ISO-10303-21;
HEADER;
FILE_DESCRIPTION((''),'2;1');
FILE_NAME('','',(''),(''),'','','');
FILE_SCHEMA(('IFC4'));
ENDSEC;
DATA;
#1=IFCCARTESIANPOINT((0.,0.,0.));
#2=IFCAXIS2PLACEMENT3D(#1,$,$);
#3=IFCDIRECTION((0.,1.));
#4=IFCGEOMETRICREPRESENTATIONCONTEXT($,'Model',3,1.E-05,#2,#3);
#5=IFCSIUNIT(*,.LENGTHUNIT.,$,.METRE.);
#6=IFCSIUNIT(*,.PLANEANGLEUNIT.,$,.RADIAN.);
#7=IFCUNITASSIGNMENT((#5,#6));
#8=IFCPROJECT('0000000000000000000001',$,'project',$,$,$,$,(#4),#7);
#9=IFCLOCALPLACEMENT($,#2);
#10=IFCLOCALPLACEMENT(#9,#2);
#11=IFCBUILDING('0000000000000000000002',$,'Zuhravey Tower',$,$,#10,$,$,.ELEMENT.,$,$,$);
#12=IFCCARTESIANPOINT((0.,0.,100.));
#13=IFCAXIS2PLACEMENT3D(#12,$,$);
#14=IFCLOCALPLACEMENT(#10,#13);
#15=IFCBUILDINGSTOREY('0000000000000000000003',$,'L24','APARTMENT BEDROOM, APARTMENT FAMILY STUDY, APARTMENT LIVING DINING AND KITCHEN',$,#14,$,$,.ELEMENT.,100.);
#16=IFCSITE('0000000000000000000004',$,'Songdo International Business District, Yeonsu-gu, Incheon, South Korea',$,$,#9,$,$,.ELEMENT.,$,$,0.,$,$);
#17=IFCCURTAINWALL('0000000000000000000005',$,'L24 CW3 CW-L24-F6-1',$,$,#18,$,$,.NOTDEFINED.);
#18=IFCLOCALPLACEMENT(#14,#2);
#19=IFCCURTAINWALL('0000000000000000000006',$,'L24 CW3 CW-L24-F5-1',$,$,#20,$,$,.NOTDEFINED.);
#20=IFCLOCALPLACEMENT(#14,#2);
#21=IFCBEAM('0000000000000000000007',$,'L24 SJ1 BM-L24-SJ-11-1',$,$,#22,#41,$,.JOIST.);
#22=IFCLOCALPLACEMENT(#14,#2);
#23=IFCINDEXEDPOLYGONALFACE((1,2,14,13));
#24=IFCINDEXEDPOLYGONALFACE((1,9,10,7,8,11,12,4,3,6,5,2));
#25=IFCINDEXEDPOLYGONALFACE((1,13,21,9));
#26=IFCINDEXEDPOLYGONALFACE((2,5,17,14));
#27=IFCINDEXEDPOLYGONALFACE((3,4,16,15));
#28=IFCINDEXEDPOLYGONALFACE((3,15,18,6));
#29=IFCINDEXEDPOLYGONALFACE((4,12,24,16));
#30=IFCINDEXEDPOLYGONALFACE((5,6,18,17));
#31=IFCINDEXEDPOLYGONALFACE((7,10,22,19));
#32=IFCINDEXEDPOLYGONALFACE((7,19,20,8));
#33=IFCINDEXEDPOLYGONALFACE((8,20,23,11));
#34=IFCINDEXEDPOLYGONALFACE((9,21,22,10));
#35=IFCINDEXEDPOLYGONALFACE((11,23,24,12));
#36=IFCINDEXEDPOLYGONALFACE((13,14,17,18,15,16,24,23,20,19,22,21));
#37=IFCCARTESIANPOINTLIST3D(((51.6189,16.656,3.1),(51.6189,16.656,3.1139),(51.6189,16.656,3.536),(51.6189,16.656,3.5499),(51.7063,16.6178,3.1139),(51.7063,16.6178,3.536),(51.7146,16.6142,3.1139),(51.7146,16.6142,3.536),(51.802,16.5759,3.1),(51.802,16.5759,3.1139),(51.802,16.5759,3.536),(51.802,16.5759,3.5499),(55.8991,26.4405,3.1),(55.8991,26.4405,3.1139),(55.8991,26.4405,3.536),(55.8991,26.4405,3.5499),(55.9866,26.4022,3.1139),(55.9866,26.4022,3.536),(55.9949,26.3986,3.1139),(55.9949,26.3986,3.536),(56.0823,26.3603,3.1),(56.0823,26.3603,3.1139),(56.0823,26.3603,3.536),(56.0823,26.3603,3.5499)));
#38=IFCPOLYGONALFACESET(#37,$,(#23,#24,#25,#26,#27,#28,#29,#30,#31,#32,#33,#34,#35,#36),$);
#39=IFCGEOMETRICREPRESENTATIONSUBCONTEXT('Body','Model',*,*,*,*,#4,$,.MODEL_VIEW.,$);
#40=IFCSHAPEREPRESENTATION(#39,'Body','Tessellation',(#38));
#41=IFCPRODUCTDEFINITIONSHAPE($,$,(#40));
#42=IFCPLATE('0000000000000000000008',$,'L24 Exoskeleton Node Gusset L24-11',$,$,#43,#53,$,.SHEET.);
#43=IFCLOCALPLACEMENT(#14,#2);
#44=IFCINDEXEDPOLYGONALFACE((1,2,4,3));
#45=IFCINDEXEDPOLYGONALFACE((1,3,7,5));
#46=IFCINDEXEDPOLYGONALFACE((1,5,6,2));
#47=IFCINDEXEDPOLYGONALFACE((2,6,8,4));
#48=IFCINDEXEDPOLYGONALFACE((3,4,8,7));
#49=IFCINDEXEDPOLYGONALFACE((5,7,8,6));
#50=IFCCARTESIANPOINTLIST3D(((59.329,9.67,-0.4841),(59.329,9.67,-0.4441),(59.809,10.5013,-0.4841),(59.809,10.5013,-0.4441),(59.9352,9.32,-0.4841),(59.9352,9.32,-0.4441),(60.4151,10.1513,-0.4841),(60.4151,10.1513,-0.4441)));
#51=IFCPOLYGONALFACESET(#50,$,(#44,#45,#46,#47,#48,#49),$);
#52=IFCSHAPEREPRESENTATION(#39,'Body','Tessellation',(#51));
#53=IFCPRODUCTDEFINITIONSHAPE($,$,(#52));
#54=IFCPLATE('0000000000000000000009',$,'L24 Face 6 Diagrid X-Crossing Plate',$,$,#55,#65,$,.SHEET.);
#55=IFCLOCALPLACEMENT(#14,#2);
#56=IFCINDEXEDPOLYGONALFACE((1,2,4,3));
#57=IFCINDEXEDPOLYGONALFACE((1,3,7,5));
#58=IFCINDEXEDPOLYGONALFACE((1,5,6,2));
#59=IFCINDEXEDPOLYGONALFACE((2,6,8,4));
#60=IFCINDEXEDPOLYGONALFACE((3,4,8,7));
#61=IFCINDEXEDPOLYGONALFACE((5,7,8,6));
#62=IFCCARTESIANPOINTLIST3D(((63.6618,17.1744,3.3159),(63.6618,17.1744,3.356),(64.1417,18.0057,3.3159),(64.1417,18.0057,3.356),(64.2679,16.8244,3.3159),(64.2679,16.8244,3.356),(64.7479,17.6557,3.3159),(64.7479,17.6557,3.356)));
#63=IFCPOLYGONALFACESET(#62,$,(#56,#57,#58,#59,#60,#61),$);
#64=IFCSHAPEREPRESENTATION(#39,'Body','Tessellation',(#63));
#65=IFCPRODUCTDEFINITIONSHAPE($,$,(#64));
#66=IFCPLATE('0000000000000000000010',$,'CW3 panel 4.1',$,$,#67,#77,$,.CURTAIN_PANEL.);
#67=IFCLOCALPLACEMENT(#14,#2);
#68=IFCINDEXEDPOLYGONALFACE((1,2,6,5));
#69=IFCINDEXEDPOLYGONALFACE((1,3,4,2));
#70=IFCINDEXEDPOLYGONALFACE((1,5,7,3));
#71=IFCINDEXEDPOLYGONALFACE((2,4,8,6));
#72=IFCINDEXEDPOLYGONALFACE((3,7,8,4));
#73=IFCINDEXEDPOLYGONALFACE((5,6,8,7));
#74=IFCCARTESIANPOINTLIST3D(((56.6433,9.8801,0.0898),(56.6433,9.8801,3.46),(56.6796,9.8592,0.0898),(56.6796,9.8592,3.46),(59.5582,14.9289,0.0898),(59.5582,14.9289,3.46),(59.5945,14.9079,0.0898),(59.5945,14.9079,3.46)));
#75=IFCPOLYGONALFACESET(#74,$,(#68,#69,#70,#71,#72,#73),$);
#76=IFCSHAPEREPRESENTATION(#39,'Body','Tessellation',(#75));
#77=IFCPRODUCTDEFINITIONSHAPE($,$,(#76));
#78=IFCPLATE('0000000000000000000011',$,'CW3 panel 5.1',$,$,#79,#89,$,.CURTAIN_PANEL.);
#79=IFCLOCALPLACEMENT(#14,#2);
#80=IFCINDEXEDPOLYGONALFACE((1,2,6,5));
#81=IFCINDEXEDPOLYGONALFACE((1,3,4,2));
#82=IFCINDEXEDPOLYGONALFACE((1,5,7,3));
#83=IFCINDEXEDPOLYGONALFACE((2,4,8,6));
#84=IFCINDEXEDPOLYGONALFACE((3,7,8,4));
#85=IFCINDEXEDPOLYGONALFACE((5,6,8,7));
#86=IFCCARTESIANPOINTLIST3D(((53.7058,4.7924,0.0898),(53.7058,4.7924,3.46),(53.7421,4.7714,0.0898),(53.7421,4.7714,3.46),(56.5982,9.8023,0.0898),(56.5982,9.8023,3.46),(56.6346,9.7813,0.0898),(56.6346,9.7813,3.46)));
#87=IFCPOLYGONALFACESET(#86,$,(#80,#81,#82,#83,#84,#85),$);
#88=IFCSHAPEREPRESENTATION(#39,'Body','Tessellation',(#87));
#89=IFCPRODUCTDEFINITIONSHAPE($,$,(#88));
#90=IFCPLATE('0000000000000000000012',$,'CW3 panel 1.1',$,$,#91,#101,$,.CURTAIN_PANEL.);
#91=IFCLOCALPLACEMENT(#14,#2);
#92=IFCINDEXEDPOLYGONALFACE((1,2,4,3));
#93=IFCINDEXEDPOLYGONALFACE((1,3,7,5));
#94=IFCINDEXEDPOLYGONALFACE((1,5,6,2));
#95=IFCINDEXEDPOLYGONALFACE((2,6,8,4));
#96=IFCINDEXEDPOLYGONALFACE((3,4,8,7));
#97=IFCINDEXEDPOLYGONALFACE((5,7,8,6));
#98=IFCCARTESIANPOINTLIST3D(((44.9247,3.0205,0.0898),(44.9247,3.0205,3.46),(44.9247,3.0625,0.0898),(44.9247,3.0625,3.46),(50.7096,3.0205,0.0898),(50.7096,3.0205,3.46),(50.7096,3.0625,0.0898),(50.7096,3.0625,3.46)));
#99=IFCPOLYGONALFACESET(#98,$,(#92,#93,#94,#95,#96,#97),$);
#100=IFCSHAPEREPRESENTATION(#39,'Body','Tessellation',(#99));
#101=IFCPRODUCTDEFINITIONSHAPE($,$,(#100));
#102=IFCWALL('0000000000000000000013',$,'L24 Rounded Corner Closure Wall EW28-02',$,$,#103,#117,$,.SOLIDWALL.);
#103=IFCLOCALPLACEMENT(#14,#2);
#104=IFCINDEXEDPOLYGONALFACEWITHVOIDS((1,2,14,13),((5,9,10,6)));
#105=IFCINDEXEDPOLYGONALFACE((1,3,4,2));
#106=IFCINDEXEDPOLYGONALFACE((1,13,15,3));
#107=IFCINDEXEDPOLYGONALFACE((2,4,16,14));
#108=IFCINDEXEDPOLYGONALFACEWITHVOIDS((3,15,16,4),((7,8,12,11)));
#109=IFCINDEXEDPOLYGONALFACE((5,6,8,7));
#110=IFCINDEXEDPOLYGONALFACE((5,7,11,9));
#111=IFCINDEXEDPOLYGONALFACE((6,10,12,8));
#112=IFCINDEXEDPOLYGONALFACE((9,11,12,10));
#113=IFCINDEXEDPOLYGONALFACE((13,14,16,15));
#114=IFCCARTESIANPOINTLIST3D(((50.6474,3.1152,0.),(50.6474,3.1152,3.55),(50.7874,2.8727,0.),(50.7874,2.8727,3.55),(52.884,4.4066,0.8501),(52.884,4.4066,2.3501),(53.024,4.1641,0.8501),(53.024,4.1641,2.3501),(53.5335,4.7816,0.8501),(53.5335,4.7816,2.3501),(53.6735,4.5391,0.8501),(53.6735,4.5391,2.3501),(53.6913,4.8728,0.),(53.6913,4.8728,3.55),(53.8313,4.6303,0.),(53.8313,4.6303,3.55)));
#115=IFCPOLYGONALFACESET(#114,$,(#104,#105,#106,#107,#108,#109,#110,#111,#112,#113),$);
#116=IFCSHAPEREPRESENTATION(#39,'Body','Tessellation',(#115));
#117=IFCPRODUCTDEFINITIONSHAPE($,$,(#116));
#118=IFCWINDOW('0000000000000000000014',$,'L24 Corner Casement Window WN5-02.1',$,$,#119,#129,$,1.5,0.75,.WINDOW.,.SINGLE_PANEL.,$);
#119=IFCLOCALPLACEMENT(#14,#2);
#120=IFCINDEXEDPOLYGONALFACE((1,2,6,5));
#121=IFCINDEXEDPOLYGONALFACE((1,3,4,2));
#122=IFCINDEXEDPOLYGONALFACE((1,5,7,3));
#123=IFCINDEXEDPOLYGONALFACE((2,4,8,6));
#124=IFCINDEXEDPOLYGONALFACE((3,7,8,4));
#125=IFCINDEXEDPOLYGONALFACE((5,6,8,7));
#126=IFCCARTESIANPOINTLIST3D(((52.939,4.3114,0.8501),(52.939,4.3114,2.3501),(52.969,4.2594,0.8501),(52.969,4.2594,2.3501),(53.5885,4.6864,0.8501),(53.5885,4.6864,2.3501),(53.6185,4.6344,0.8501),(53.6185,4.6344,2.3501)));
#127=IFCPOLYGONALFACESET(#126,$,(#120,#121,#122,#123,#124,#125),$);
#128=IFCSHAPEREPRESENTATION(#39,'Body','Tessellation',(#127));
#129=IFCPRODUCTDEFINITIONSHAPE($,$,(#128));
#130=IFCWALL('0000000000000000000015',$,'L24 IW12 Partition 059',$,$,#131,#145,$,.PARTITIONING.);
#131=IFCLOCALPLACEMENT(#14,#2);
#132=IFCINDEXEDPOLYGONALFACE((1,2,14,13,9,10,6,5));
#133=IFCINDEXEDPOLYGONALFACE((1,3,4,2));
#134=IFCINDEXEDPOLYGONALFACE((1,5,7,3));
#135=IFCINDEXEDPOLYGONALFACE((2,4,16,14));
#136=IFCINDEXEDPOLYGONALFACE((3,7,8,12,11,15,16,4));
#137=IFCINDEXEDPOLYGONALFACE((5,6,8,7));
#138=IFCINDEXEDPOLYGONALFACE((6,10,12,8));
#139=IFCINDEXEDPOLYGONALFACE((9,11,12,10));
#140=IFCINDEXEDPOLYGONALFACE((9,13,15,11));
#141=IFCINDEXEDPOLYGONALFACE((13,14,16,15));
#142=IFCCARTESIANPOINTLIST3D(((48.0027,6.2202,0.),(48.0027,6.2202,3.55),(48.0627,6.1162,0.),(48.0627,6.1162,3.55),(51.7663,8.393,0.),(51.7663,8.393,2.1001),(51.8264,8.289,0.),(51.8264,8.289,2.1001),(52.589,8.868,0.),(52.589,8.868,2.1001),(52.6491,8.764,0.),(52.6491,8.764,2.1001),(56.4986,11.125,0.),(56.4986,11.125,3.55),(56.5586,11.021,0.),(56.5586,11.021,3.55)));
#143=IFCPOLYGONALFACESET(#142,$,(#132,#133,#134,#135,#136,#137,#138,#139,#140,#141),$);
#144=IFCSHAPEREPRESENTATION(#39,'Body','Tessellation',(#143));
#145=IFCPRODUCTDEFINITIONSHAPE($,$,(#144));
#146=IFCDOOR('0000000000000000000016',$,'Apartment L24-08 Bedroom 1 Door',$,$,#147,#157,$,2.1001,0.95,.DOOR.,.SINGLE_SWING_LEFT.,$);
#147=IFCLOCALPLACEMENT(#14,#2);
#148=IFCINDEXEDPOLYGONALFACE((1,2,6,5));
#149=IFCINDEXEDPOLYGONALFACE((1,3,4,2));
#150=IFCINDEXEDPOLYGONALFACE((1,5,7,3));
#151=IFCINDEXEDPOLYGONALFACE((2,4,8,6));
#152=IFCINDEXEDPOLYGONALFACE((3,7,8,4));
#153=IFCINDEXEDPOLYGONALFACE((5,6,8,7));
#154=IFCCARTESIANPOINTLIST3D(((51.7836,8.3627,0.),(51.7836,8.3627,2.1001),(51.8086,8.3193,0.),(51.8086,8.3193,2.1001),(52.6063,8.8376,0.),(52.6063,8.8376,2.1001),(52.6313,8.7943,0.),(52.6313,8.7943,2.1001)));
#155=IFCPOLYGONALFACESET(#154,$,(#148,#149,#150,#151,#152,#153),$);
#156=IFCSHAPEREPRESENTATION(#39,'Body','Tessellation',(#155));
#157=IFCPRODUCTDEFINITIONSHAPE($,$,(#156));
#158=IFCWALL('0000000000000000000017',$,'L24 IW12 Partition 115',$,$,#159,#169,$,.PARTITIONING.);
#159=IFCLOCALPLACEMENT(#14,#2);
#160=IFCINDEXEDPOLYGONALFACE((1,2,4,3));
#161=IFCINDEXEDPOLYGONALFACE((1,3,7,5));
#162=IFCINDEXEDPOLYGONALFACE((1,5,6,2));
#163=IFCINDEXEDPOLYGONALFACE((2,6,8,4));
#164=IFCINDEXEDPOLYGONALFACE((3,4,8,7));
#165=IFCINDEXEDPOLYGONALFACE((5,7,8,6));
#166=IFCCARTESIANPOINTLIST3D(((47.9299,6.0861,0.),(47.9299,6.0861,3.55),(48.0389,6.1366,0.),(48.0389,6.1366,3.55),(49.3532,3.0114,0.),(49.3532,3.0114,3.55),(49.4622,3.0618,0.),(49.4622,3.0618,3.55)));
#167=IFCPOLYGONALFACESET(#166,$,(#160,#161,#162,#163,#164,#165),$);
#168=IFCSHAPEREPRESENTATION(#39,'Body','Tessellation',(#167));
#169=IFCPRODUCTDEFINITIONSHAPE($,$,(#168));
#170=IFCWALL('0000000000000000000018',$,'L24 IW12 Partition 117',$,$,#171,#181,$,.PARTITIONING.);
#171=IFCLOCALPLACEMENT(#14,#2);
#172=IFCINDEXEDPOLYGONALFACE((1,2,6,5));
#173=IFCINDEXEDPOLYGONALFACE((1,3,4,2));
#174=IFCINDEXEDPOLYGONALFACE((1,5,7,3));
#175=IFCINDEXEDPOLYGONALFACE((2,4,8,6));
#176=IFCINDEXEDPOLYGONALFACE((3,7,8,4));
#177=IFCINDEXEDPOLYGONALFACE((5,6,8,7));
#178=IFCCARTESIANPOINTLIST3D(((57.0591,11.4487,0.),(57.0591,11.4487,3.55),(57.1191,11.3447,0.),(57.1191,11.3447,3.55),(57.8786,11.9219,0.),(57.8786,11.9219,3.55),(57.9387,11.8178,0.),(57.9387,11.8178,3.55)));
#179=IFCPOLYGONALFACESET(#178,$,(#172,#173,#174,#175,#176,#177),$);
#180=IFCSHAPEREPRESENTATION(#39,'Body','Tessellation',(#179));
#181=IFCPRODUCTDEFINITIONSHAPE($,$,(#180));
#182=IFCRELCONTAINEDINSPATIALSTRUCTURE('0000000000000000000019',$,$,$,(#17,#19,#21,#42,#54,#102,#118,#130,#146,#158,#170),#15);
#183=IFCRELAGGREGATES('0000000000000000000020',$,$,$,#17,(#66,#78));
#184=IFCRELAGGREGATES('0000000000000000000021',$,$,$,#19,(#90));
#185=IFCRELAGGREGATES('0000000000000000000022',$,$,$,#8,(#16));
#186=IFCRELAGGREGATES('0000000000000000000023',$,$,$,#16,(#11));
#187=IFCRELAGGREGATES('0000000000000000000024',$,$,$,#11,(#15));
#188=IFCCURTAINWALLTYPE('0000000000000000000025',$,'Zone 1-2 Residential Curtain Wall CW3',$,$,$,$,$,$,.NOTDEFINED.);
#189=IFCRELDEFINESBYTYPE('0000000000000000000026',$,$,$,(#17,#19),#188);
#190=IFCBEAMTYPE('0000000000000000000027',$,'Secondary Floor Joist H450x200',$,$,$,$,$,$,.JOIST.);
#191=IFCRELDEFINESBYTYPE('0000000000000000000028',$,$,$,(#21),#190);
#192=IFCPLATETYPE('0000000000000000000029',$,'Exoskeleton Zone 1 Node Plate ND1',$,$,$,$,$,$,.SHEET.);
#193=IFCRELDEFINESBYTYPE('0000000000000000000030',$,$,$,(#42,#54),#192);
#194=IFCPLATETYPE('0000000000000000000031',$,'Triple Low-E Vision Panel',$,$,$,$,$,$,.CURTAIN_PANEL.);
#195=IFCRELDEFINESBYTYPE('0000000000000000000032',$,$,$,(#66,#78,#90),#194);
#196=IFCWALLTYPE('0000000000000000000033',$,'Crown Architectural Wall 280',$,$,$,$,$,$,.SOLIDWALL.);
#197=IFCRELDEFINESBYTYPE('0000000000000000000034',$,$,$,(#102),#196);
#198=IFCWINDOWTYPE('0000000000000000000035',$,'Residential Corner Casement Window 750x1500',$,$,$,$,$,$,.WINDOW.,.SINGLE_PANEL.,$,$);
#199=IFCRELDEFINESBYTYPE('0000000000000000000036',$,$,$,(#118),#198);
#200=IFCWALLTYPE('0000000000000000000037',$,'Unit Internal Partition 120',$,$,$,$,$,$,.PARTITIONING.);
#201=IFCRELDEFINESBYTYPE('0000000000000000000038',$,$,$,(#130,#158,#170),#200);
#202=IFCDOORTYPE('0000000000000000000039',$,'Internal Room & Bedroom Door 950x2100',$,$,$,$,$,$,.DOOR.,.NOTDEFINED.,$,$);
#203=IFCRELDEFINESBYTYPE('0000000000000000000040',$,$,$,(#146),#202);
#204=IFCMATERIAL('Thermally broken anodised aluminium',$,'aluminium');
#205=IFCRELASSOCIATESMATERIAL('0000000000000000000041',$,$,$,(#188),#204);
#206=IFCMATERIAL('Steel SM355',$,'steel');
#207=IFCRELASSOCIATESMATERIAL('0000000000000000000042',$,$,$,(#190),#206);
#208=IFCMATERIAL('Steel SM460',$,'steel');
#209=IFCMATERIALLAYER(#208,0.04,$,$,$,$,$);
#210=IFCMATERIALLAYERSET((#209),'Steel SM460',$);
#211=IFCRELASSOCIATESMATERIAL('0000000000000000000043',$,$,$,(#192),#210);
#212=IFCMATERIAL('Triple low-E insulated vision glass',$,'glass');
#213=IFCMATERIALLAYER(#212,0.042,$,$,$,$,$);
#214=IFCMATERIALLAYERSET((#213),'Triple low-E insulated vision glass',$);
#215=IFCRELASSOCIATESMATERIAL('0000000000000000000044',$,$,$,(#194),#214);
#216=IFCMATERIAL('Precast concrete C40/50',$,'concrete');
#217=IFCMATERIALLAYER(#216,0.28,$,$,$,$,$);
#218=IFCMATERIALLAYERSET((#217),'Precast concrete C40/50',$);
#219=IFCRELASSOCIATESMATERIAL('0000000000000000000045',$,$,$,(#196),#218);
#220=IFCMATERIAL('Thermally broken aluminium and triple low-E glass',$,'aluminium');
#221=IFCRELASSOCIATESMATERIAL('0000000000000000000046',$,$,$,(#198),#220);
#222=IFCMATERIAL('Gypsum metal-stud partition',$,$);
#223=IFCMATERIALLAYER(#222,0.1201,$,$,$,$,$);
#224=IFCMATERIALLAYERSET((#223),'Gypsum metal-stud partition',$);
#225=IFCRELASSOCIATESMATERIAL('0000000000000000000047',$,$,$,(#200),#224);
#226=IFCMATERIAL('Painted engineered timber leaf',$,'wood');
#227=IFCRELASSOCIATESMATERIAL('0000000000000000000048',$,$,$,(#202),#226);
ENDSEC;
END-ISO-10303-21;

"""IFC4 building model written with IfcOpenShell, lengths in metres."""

from ifc_helpers import new_model, si_unit, direction, frame, frame_2d, origin, origin_2d, place, context, subcontext, project, spatial, rectangle, i_section, extrude, material, layer, layer_set, material_profile, profile_set, type_object, element, fill, aggregate, save


model = new_model("IFC4")

# Units and contexts
model_context = context("Model", 3, precision=1e-05, world=origin(), true_north=direction((0.0, 1.0)))
body_context = subcontext(model_context, "Body", "Model", "MODEL_VIEW")
ifc_project = project(units=[si_unit("LENGTHUNIT", "METRE"), si_unit("PLANEANGLEUNIT", "RADIAN")], contexts=[model_context])

# Site, building, storey
site_placement = place(None, origin())
site = spatial("IfcSite", under=ifc_project, at=site_placement, Name="Songdo International Business District, Yeonsu-gu, Incheon, South Korea", CompositionType="ELEMENT", RefElevation=0.0)
building_placement = place(site_placement, origin())
building = spatial("IfcBuilding", under=site, at=building_placement, Name="Zuhravey Tower", CompositionType="ELEMENT")
storey_placement = place(building_placement, frame((0.0, 0.0, 100.0)))
storey = spatial("IfcBuildingStorey", under=building, at=storey_placement, Name="L24", Description="APARTMENT BEDROOM, APARTMENT FAMILY STUDY, APARTMENT LIVING DINING AND KITCHEN", CompositionType="ELEMENT", Elevation=100.0)

# Curtain wall
ifc_material_1 = material(Name="Thermally broken anodised aluminium", Category="aluminium")
curtain_wall_type = type_object("IfcCurtainWallType", Name="Zone 1-2 Residential Curtain Wall CW3", PredefinedType="NOTDEFINED", material=ifc_material_1)
curtain_wall_1_placement = place(storey_placement, origin())
curtain_wall_1 = element("IfcCurtainWall", 1, at=curtain_wall_1_placement, inside=storey, type_object=curtain_wall_type, Name="L24 CW3 CW-L24-F6-1", PredefinedType="NOTDEFINED")

# Curtain wall
curtain_wall_2_placement = place(storey_placement, origin())
curtain_wall_2 = element("IfcCurtainWall", 2, at=curtain_wall_2_placement, inside=storey, type_object=curtain_wall_type, Name="L24 CW3 CW-L24-F5-1", PredefinedType="NOTDEFINED")

# Shared definitions
ifc_material_2 = material(Name="Steel SM355", Category="steel")
ifc_material_3 = material(Name="Steel SM460", Category="steel")

# Beam
ifc_material_profile_1 = material_profile(ifc_material_2, i_section(OverallWidth=0.2, OverallDepth=0.45, WebThickness=0.009, FlangeThickness=0.0139, at=origin_2d()), Name="H-450x200x9x14")
ifc_profile_set_1 = profile_set([ifc_material_profile_1], Name="Steel SM355")
beam_type_1 = type_object("IfcBeamType", Name="Secondary Floor Joist H450x200", PredefinedType="JOIST", material=ifc_profile_set_1)
beam_1_placement = place(storey_placement, frame((51.7104, 16.616, 3.325), z_axis=(0.400786, 0.916172, 0.0), x_axis=(-0.916172, 0.400786, 0.0)))
element("IfcBeam", 3, at=beam_1_placement, inside=storey, type_object=beam_type_1, Name="L24 SJ1 BM-L24-SJ-11-1", PredefinedType="JOIST", context=body_context, shape_type="SweptSolid", body=[
    extrude(i_section(OverallWidth=0.2, OverallDepth=0.45, WebThickness=0.009, FlangeThickness=0.0139, at=origin_2d()), origin(), (0.0, 0.0, 1.0), 10.6797),
])

# Plates
ifc_layer_1 = layer(ifc_material_3, 0.04)
ifc_layer_set_1 = layer_set([ifc_layer_1], Name="Steel SM460")
plate_type_1 = type_object("IfcPlateType", Name="Exoskeleton Zone 1 Node Plate ND1", PredefinedType="SHEET", material=ifc_layer_set_1)
for number, where, z_axis, x_axis, name in (
    (4, (59.8721, 9.9106, -0.4841), (0.0, 0.0, 1.0), (0.5, 0.866025, 0.0), "L24 Exoskeleton Node Gusset L24-11"),
    (5, (64.2048, 17.415, 3.3159), (0.0, 0.0, 1.0), (0.5, 0.866025, 0.0), "L24 Face 6 Diagrid X-Crossing Plate"),
):
    element("IfcPlate", number, at=place(storey_placement, frame(where, z_axis=z_axis, x_axis=x_axis)), inside=storey, type_object=plate_type_1, Name=name, PredefinedType="SHEET", context=body_context, shape_type="SweptSolid", body=[
        extrude(rectangle(XDim=0.96, YDim=0.7, at=origin_2d()), origin(), (0.0, 0.0, 1.0), 0.04),
    ])

# Plates
ifc_material_4 = material(Name="Triple low-E insulated vision glass", Category="glass")
ifc_layer_2 = layer(ifc_material_4, 0.042)
ifc_layer_set_2 = layer_set([ifc_layer_2], Name="Triple low-E insulated vision glass")
plate_type_2 = type_object("IfcPlateType", Name="Triple Low-E Vision Panel", PredefinedType="CURTAIN_PANEL", material=ifc_layer_set_2)
plate_1_placement = place(storey_placement, frame((58.1189, 12.394, 0.0898), z_axis=(0.0, 0.0, 1.0), x_axis=(-0.5, -0.866026, 0.0)))
plate_1 = element("IfcPlate", 6, at=plate_1_placement, type_object=plate_type_2, Name="CW3 panel 4.1", PredefinedType="CURTAIN_PANEL", context=body_context, shape_type="SweptSolid", body=[
    extrude(rectangle(XDim=5.8298, YDim=0.042, at=origin_2d()), origin(), (0.0, 0.0, 1.0), 3.3701),
])
plate_2_placement = place(storey_placement, frame((55.1702, 7.2869, 0.0898), z_axis=(0.0, 0.0, 1.0), x_axis=(-0.5, -0.866026, 0.0)))
plate_2 = element("IfcPlate", 7, at=plate_2_placement, type_object=plate_type_2, Name="CW3 panel 5.1", PredefinedType="CURTAIN_PANEL", context=body_context, shape_type="SweptSolid", body=[
    extrude(rectangle(XDim=5.7849, YDim=0.042, at=origin_2d()), origin(), (0.0, 0.0, 1.0), 3.3701),
])
aggregate(curtain_wall_1, [plate_1, plate_2])
plate_3_placement = place(storey_placement, frame((47.8171, 3.0415, 0.0898), z_axis=(0.0, 0.0, 1.0), x_axis=(-1.0, 0.0, 0.0)))
plate_3 = element("IfcPlate", 8, at=plate_3_placement, type_object=plate_type_2, Name="CW3 panel 1.1", PredefinedType="CURTAIN_PANEL", context=body_context, shape_type="SweptSolid", body=[
    extrude(rectangle(XDim=5.7849, YDim=0.042, at=origin_2d()), origin(), (0.0, 0.0, 1.0), 3.3701),
])
aggregate(curtain_wall_2, [plate_3])

# Wall, opening, window
ifc_material_5 = material(Name="Precast concrete C40/50", Category="concrete")
ifc_layer_3 = layer(ifc_material_5, 0.28)
ifc_layer_set_3 = layer_set([ifc_layer_3], Name="Precast concrete C40/50")
wall_type_1 = type_object("IfcWallType", Name="Crown Architectural Wall 280", PredefinedType="SOLIDWALL", material=ifc_layer_set_3)
wall_1_placement = place(storey_placement, frame((53.7612, 4.7515, 0.0), z_axis=(0.0, 0.0, 1.0), x_axis=(-0.866007, -0.500031, 0.0)))
wall_1 = element("IfcWall", 9, at=wall_1_placement, inside=storey, type_object=wall_type_1, Name="L24 Rounded Corner Closure Wall EW28-02", PredefinedType="SOLIDWALL", context=body_context, shape_type="SweptSolid", body=[
    extrude(rectangle(XDim=3.5149, YDim=0.28, at=frame_2d((1.7573, 0.0))), origin(), (0.0, 0.0, 1.0), 3.55),
])
opening_1_placement = place(wall_1_placement, frame((0.1821, 0.0, 0.8501)))
opening_1 = element("IfcOpeningElement", 10, at=opening_1_placement, cuts=wall_1, PredefinedType="OPENING", context=body_context, shape_type="SweptSolid", body=[
    extrude(rectangle(XDim=0.75, YDim=1.5, at=frame_2d((0.375, 0.75))), frame((0.0, 0.1521, 0.0), z_axis=(0.0, -1.0, 0.0), x_axis=(1.0, 0.0, 0.0)), (0.0, 0.0, 1.0), 0.304),
])
ifc_material_6 = material(Name="Thermally broken aluminium and triple low-E glass", Category="aluminium")
window_type = type_object("IfcWindowType", Name="Residential Corner Casement Window 750x1500", PartitioningType="SINGLE_PANEL", PredefinedType="WINDOW", material=ifc_material_6)
window_placement = place(opening_1_placement, origin())
window = element("IfcWindow", 11, at=window_placement, inside=storey, type_object=window_type, Name="L24 Corner Casement Window WN5-02.1", OverallHeight=1.5, OverallWidth=0.75, PartitioningType="SINGLE_PANEL", PredefinedType="WINDOW", context=body_context, shape_type="SweptSolid", body=[
    extrude(rectangle(XDim=0.75, YDim=1.5, at=frame_2d((0.375, 0.75))), frame((0.0, 0.03, 0.0), z_axis=(0.0, -1.0, 0.0), x_axis=(1.0, 0.0, 0.0)), (0.0, 0.0, 1.0), 0.0601),
])
fill(opening_1, window)

# Wall, opening, door
ifc_material_7 = material(Name="Gypsum metal-stud partition")
ifc_layer_4 = layer(ifc_material_7, 0.1201)
ifc_layer_set_4 = layer_set([ifc_layer_4], Name="Gypsum metal-stud partition")
wall_type_2 = type_object("IfcWallType", Name="Unit Internal Partition 120", PredefinedType="PARTITIONING", material=ifc_layer_set_4)
wall_2_placement = place(storey_placement, frame((48.0327, 6.1682, 0.0), z_axis=(0.0, 0.0, 1.0), x_axis=(0.866038, 0.499977, 0.0)))
wall_2 = element("IfcWall", 12, at=wall_2_placement, inside=storey, type_object=wall_type_2, Name="L24 IW12 Partition 059", PredefinedType="PARTITIONING", context=body_context, shape_type="SweptSolid", body=[
    extrude(rectangle(XDim=9.8101, YDim=0.1201, at=frame_2d((4.905, 0.0))), origin(), (0.0, 0.0, 1.0), 3.55),
])
opening_2_placement = place(wall_2_placement, frame((4.3457, 0.0, 0.0)))
opening_2 = element("IfcOpeningElement", 13, at=opening_2_placement, cuts=wall_2, PredefinedType="OPENING", context=body_context, shape_type="SweptSolid", body=[
    extrude(rectangle(XDim=0.95, YDim=2.1001, at=frame_2d((0.4751, 1.05))), frame((0.0, 0.072, 0.0), z_axis=(0.0, -1.0, 0.0), x_axis=(1.0, 0.0, 0.0)), (0.0, 0.0, 1.0), 0.144),
])
ifc_material_8 = material(Name="Painted engineered timber leaf", Category="wood")
door_type = type_object("IfcDoorType", Name="Internal Room & Bedroom Door 950x2100", OperationType="NOTDEFINED", PredefinedType="DOOR", material=ifc_material_8)
door_placement = place(opening_2_placement, frame((0.95, 0.0, 0.0), z_axis=(0.0, 0.0, 1.0), x_axis=(-1.0, 0.0, 0.0)))
door = element("IfcDoor", 14, at=door_placement, inside=storey, type_object=door_type, Name="Apartment L24-08 Bedroom 1 Door", OperationType="SINGLE_SWING_LEFT", OverallHeight=2.1001, OverallWidth=0.95, PredefinedType="DOOR", context=body_context, shape_type="SweptSolid", body=[
    extrude(rectangle(XDim=0.95, YDim=2.1001, at=frame_2d((0.4751, 1.05))), frame((0.0, 0.0249, 0.0), z_axis=(0.0, -1.0, 0.0), x_axis=(1.0, 0.0, 0.0)), (0.0, 0.0, 1.0), 0.05),
])
fill(opening_2, door)

# Walls
wall_3_placement = place(storey_placement, frame((47.9844, 6.1113, 0.0), z_axis=(0.0, 0.0, 1.0), x_axis=(0.420091, -0.907482, 0.0)))
element("IfcWall", 15, at=wall_3_placement, inside=storey, type_object=wall_type_2, Name="L24 IW12 Partition 115", PredefinedType="PARTITIONING", context=body_context, shape_type="SweptSolid", body=[
    extrude(rectangle(XDim=3.3882, YDim=0.1201, at=frame_2d((1.6941, 0.0))), origin(), (0.0, 0.0, 1.0), 3.55),
])
wall_4_placement = place(storey_placement, frame((57.0891, 11.3967, 0.0), z_axis=(0.0, 0.0, 1.0), x_axis=(0.866044, 0.499968, 0.0)))
element("IfcWall", 16, at=wall_4_placement, inside=storey, type_object=wall_type_2, Name="L24 IW12 Partition 117", PredefinedType="PARTITIONING", context=body_context, shape_type="SweptSolid", body=[
    extrude(rectangle(XDim=0.9463, YDim=0.1201, at=frame_2d((0.4731, 0.0))), origin(), (0.0, 0.0, 1.0), 3.55),
])

save(model, "model.ifc")
